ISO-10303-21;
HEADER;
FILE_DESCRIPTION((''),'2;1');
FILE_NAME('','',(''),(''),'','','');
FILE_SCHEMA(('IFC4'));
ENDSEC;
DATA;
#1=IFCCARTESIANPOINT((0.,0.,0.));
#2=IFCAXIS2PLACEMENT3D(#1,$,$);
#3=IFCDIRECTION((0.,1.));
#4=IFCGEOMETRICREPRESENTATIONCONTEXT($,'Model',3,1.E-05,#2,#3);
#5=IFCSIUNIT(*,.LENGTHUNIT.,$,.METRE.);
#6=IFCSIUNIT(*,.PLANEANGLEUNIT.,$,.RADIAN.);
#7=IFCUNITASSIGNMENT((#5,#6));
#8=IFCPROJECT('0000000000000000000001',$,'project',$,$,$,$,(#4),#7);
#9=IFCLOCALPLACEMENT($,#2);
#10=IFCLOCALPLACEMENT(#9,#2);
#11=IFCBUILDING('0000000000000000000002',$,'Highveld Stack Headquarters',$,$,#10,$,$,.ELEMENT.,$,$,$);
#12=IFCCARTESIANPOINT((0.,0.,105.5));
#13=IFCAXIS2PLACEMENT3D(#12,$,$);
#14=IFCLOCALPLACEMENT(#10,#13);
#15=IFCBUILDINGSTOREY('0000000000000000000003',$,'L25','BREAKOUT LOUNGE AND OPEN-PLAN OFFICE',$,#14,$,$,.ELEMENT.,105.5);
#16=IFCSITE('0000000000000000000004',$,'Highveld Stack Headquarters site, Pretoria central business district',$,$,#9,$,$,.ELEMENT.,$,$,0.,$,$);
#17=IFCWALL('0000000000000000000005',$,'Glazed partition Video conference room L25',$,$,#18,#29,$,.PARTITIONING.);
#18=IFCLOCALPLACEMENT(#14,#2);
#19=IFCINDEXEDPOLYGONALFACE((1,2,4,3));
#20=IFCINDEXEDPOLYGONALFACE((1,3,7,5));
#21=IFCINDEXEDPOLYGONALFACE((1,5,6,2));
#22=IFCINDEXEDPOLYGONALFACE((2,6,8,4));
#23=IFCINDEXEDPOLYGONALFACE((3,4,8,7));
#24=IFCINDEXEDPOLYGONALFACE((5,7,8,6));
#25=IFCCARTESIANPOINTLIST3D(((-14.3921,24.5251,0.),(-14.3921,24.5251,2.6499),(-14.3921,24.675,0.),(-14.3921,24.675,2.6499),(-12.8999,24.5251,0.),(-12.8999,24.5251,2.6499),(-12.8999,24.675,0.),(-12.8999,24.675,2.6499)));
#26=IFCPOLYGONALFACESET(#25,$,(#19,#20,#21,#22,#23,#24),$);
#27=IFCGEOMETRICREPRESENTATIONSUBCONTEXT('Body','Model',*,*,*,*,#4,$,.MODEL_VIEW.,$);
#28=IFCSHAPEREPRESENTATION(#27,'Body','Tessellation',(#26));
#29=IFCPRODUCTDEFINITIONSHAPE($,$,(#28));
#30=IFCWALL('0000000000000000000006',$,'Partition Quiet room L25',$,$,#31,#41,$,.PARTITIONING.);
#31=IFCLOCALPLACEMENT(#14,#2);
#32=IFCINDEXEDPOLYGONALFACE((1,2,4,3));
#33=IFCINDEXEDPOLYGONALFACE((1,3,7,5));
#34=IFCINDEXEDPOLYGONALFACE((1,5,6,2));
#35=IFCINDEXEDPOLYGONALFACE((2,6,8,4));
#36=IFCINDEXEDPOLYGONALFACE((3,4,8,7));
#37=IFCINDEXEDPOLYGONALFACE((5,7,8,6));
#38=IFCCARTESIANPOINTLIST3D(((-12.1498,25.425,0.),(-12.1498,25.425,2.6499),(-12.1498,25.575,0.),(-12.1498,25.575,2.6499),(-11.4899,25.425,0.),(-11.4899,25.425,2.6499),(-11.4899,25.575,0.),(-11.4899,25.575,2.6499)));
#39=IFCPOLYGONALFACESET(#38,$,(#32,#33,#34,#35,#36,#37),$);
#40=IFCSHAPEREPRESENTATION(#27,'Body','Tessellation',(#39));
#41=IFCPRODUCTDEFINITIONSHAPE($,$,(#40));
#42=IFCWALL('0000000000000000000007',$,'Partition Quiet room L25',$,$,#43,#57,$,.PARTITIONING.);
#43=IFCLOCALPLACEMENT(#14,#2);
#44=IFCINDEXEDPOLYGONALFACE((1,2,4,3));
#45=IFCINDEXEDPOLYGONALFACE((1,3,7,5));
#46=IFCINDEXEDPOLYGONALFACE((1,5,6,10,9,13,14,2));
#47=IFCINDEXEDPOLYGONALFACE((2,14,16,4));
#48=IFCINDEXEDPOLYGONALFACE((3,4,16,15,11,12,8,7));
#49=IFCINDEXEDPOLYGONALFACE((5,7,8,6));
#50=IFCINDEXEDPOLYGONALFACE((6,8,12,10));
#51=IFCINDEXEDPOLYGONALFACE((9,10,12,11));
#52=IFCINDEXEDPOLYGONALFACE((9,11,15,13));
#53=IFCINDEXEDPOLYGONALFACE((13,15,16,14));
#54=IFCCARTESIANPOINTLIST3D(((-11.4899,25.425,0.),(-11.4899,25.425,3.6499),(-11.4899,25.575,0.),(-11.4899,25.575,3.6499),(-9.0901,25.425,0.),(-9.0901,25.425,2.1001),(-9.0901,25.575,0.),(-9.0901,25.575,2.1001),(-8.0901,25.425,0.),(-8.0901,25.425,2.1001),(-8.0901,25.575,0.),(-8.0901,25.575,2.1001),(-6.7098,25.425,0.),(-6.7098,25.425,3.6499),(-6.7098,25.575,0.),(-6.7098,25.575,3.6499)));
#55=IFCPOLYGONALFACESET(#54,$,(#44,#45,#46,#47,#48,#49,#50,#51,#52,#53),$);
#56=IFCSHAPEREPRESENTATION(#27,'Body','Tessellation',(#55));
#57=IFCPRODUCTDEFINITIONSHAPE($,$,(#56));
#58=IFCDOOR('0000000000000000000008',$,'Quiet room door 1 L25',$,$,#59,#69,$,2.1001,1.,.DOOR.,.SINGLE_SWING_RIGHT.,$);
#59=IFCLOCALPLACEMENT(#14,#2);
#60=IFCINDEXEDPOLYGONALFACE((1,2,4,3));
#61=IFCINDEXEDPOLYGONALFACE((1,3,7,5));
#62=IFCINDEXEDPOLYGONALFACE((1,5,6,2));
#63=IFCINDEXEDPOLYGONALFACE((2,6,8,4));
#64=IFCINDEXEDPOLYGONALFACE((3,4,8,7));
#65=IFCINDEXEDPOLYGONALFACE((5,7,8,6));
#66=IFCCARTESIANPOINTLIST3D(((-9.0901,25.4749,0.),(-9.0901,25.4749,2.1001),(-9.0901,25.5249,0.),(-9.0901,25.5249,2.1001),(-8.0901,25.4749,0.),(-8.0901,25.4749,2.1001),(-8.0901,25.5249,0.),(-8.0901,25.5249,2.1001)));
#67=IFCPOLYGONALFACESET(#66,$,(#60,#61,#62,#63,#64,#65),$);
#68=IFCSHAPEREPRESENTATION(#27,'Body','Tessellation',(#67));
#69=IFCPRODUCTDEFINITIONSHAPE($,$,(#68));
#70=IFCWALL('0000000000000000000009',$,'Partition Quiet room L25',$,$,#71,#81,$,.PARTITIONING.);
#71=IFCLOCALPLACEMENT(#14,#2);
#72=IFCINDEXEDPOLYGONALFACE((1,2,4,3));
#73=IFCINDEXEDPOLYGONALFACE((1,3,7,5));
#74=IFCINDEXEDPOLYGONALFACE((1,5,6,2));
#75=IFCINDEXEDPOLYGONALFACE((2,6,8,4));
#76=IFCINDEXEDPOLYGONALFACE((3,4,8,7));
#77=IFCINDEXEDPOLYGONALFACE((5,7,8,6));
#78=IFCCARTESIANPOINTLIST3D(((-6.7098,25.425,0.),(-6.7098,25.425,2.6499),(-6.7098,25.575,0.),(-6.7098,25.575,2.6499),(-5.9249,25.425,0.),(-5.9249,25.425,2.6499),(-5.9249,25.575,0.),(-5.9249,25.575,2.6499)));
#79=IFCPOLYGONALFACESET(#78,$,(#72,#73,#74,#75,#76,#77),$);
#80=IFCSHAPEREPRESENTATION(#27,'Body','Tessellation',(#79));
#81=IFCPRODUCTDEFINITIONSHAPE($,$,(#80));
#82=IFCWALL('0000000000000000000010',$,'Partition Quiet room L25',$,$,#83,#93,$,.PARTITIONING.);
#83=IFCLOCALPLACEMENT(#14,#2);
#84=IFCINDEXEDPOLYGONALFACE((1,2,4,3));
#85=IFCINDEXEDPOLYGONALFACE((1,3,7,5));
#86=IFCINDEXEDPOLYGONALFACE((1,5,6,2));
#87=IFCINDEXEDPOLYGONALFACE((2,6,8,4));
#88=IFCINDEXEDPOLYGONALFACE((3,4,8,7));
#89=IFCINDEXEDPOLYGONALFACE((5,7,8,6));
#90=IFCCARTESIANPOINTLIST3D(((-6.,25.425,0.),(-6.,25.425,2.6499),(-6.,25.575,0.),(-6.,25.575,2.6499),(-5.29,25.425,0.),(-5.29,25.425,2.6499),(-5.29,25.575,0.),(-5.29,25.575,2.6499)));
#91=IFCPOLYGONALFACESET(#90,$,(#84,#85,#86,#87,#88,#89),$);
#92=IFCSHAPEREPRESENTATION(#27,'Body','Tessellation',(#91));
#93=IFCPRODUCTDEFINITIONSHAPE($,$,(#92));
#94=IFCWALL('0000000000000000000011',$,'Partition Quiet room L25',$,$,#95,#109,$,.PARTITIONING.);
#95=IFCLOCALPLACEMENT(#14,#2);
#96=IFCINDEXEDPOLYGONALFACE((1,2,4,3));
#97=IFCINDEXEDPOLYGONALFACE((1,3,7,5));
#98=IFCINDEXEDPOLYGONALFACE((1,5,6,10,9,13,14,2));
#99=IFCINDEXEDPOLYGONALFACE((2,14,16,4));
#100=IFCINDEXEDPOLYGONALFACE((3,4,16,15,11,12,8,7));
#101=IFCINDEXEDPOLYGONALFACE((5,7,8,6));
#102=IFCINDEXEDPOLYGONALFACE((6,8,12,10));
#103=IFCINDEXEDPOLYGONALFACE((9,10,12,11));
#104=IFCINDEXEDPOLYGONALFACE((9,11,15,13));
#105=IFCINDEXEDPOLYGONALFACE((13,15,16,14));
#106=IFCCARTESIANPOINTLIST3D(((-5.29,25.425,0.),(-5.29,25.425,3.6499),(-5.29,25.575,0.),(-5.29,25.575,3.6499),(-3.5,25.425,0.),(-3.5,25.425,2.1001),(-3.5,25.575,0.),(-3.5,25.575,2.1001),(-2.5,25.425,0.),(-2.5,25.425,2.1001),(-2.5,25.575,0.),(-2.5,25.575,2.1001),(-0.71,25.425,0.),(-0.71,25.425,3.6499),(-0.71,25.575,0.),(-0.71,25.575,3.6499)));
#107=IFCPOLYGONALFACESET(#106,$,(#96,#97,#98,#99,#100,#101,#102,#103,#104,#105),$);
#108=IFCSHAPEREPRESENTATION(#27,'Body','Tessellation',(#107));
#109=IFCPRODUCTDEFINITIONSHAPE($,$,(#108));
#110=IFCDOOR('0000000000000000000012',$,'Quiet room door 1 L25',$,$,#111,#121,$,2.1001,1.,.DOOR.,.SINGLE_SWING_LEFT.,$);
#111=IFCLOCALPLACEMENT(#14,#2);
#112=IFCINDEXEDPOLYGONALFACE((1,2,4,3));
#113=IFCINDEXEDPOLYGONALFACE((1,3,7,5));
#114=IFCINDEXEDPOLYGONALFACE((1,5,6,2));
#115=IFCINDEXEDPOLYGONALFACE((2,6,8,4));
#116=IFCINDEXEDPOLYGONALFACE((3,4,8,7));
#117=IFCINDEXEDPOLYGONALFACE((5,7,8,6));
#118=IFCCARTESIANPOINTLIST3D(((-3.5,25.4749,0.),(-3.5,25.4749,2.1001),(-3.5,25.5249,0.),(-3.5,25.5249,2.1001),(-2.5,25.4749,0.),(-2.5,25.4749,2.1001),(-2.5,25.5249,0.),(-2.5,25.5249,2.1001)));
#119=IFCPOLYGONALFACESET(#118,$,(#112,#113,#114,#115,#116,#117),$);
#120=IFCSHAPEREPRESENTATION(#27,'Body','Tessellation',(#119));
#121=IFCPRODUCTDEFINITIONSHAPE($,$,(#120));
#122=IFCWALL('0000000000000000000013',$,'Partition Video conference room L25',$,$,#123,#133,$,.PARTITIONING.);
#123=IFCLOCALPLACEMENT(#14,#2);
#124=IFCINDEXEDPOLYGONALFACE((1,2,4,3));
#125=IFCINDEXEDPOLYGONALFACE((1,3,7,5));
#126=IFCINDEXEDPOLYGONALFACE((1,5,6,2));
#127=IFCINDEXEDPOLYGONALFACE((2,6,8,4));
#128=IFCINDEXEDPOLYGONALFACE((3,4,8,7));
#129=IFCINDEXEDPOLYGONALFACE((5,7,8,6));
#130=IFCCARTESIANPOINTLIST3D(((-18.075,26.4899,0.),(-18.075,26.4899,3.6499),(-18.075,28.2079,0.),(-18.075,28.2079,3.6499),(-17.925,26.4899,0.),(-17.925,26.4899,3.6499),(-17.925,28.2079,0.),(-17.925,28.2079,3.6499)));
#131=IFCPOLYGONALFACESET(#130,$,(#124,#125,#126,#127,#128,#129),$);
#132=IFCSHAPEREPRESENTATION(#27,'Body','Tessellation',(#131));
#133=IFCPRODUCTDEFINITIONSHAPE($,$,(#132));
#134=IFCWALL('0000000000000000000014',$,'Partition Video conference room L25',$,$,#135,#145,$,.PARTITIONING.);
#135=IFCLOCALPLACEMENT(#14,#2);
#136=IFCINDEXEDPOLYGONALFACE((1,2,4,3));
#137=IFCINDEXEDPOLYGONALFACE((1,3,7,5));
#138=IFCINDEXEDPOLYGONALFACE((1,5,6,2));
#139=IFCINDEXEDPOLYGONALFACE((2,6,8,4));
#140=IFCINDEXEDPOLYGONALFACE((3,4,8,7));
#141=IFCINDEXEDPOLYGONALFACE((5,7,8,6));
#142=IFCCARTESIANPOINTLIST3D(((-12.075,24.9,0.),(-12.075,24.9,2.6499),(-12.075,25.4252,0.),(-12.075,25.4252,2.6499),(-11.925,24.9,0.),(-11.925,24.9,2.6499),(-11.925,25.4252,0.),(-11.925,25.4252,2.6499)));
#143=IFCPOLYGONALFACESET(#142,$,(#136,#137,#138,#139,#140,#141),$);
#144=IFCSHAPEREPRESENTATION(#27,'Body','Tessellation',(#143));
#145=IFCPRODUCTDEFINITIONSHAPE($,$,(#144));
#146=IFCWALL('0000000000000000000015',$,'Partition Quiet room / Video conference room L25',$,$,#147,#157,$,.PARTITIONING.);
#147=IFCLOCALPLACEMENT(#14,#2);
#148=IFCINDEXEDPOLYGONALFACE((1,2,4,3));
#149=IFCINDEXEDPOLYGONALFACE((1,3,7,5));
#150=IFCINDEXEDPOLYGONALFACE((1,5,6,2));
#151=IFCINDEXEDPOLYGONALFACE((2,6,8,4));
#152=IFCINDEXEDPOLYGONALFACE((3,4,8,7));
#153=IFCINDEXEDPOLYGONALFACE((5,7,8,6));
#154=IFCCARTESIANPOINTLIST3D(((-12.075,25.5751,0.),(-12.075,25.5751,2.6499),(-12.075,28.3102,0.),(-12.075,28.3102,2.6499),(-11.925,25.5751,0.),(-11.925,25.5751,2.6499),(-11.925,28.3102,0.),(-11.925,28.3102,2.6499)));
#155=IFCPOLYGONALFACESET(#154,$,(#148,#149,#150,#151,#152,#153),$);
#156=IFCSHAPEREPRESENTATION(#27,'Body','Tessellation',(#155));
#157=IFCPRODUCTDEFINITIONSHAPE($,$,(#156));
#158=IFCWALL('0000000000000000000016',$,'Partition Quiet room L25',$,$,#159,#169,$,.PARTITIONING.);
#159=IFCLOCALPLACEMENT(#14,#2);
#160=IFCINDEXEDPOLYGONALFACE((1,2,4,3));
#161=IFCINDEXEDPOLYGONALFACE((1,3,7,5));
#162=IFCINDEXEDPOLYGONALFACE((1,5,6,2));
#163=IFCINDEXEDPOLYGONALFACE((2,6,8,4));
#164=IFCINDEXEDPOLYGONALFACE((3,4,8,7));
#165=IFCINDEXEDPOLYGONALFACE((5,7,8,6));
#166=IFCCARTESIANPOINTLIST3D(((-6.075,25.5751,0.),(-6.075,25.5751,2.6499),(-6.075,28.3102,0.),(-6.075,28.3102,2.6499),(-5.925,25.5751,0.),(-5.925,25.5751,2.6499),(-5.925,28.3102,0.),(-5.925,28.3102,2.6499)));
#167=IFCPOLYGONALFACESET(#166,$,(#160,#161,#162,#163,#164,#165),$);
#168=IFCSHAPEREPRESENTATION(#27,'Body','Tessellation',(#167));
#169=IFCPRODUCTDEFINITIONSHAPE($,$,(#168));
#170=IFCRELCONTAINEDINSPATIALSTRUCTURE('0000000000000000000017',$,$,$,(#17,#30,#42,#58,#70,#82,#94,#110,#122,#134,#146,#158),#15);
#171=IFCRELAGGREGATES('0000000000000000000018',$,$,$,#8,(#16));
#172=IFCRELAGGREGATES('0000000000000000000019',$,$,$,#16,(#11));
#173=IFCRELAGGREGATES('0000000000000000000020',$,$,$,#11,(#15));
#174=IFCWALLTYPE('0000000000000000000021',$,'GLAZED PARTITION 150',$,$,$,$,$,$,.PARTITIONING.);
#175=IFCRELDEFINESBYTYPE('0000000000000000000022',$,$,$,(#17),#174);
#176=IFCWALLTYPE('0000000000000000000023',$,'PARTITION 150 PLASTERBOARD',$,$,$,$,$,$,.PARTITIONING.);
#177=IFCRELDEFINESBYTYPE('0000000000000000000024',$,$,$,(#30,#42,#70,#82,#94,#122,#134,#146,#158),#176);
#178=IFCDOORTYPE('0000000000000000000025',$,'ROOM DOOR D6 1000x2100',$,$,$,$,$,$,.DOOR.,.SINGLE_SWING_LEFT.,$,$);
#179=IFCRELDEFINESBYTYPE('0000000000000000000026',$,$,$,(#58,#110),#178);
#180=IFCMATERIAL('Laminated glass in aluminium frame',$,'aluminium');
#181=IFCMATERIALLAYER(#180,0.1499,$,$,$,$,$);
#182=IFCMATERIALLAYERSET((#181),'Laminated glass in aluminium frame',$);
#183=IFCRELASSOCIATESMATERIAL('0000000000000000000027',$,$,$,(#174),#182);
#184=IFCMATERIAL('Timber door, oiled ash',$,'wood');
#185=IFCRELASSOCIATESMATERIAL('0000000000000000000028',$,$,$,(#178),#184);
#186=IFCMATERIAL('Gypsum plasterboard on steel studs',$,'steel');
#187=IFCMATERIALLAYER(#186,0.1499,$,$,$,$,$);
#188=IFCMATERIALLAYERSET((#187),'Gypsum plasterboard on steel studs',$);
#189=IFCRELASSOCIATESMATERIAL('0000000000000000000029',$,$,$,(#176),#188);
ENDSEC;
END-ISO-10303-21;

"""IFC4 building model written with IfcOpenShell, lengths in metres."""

from ifc_helpers import new_model, si_unit, direction, frame, frame_2d, origin, place, context, subcontext, project, spatial, rectangle, extrude, material, layer, layer_set, type_object, element, fill, save


model = new_model("IFC4")

# Units and contexts
model_context = context("Model", 3, precision=1e-05, world=origin(), true_north=direction((0.0, 1.0)))
body_context = subcontext(model_context, "Body", "Model", "MODEL_VIEW")
ifc_project = project(units=[si_unit("LENGTHUNIT", "METRE"), si_unit("PLANEANGLEUNIT", "RADIAN")], contexts=[model_context])

# Site, building, storey
site_placement = place(None, origin())
site = spatial("IfcSite", under=ifc_project, at=site_placement, Name="Highveld Stack Headquarters site, Pretoria central business district", CompositionType="ELEMENT", RefElevation=0.0)
building_placement = place(site_placement, origin())
building = spatial("IfcBuilding", under=site, at=building_placement, Name="Highveld Stack Headquarters", CompositionType="ELEMENT")
storey_placement = place(building_placement, frame((0.0, 0.0, 105.5)))
storey = spatial("IfcBuildingStorey", under=building, at=storey_placement, Name="L25", Description="BREAKOUT LOUNGE AND OPEN-PLAN OFFICE", CompositionType="ELEMENT", Elevation=105.5)

# Shared definitions
ifc_material_1 = material(Name="Laminated glass in aluminium frame", Category="aluminium")
ifc_layer_1 = layer(ifc_material_1, 0.1499)
ifc_layer_set_1 = layer_set([ifc_layer_1], Name="Laminated glass in aluminium frame")
wall_type_1 = type_object("IfcWallType", Name="GLAZED PARTITION 150", PredefinedType="PARTITIONING", material=ifc_layer_set_1)
ifc_material_2 = material(Name="Timber door, oiled ash", Category="wood")
door_type = type_object("IfcDoorType", Name="ROOM DOOR D6 1000x2100", OperationType="SINGLE_SWING_LEFT", PredefinedType="DOOR", material=ifc_material_2)

# Walls
wall_1_placement = place(storey_placement, frame((-14.3921, 24.6001, 0.0), z_axis=(0.0, 0.0, 1.0), x_axis=(1.0, 0.0, 0.0)))
element("IfcWall", 1, at=wall_1_placement, inside=storey, type_object=wall_type_1, Name="Glazed partition Video conference room L25", PredefinedType="PARTITIONING", context=body_context, shape_type="SweptSolid", body=[
    extrude(rectangle(XDim=1.4922, YDim=0.1499, at=frame_2d((0.7461, 0.0))), origin(), (0.0, 0.0, 1.0), 2.6499),
])
ifc_material_3 = material(Name="Gypsum plasterboard on steel studs", Category="steel")
ifc_layer_2 = layer(ifc_material_3, 0.1499)
ifc_layer_set_2 = layer_set([ifc_layer_2], Name="Gypsum plasterboard on steel studs")
wall_type_2 = type_object("IfcWallType", Name="PARTITION 150 PLASTERBOARD", PredefinedType="PARTITIONING", material=ifc_layer_set_2)
wall_2_placement = place(storey_placement, frame((-12.1499, 25.5, 0.0), z_axis=(0.0, 0.0, 1.0), x_axis=(1.0, 0.0, 0.0)))
element("IfcWall", 2, at=wall_2_placement, inside=storey, type_object=wall_type_2, Name="Partition Quiet room L25", PredefinedType="PARTITIONING", context=body_context, shape_type="SweptSolid", body=[
    extrude(rectangle(XDim=0.6599, YDim=0.1499, at=frame_2d((0.3301, 0.0))), origin(), (0.0, 0.0, 1.0), 2.6499),
])

# Wall, opening, door
wall_3_placement = place(storey_placement, frame((-11.49, 25.5, 0.0), z_axis=(0.0, 0.0, 1.0), x_axis=(1.0, 0.0, 0.0)))
wall_3 = element("IfcWall", 3, at=wall_3_placement, inside=storey, type_object=wall_type_2, Name="Partition Quiet room L25", PredefinedType="PARTITIONING", context=body_context, shape_type="SweptSolid", body=[
    extrude(rectangle(XDim=4.78, YDim=0.1499, at=frame_2d((2.3901, 0.0))), origin(), (0.0, 0.0, 1.0), 3.6499),
])
opening_1_placement = place(wall_3_placement, frame((2.3999, 0.0, 0.0)))
opening_1 = element("IfcOpeningElement", 4, at=opening_1_placement, cuts=wall_3, PredefinedType="OPENING", context=body_context, shape_type="SweptSolid", body=[
    extrude(rectangle(XDim=1.0, YDim=2.1001, at=frame_2d((0.5, 1.05))), frame((0.0, 0.085, 0.0), z_axis=(0.0, -1.0, 0.0), x_axis=(1.0, 0.0, 0.0)), (0.0, 0.0, 1.0), 0.1699),
])
door_1_placement = place(opening_1_placement, origin())
door_1 = element("IfcDoor", 5, at=door_1_placement, inside=storey, type_object=door_type, Name="Quiet room door 1 L25", OperationType="SINGLE_SWING_RIGHT", OverallHeight=2.1001, OverallWidth=1.0, PredefinedType="DOOR", context=body_context, shape_type="SweptSolid", body=[
    extrude(rectangle(XDim=1.0, YDim=2.1001, at=frame_2d((0.5, 1.05))), frame((0.0, 0.0249, 0.0), z_axis=(0.0, -1.0, 0.0), x_axis=(1.0, 0.0, 0.0)), (0.0, 0.0, 1.0), 0.05),
])
fill(opening_1, door_1)

# Walls
wall_4_placement = place(storey_placement, frame((-6.71, 25.5, 0.0), z_axis=(0.0, 0.0, 1.0), x_axis=(1.0, 0.0, 0.0)))
element("IfcWall", 6, at=wall_4_placement, inside=storey, type_object=wall_type_2, Name="Partition Quiet room L25", PredefinedType="PARTITIONING", context=body_context, shape_type="SweptSolid", body=[
    extrude(rectangle(XDim=0.7849, YDim=0.1499, at=frame_2d((0.3926, 0.0))), origin(), (0.0, 0.0, 1.0), 2.6499),
])
wall_5_placement = place(storey_placement, frame((-6.0, 25.5, 0.0), z_axis=(0.0, 0.0, 1.0), x_axis=(1.0, 0.0, 0.0)))
element("IfcWall", 7, at=wall_5_placement, inside=storey, type_object=wall_type_2, Name="Partition Quiet room L25", PredefinedType="PARTITIONING", context=body_context, shape_type="SweptSolid", body=[
    extrude(rectangle(XDim=0.71, YDim=0.1499, at=frame_2d((0.355, 0.0))), origin(), (0.0, 0.0, 1.0), 2.6499),
])

# Wall, opening, door
wall_6_placement = place(storey_placement, frame((-5.29, 25.5, 0.0), z_axis=(0.0, 0.0, 1.0), x_axis=(1.0, 0.0, 0.0)))
wall_6 = element("IfcWall", 8, at=wall_6_placement, inside=storey, type_object=wall_type_2, Name="Partition Quiet room L25", PredefinedType="PARTITIONING", context=body_context, shape_type="SweptSolid", body=[
    extrude(rectangle(XDim=4.5801, YDim=0.1499, at=frame_2d((2.29, 0.0))), origin(), (0.0, 0.0, 1.0), 3.6499),
])
opening_2_placement = place(wall_6_placement, frame((1.79, 0.0, 0.0)))
opening_2 = element("IfcOpeningElement", 9, at=opening_2_placement, cuts=wall_6, PredefinedType="OPENING", context=body_context, shape_type="SweptSolid", body=[
    extrude(rectangle(XDim=1.0, YDim=2.1001, at=frame_2d((0.5, 1.05))), frame((0.0, 0.085, 0.0), z_axis=(0.0, -1.0, 0.0), x_axis=(1.0, 0.0, 0.0)), (0.0, 0.0, 1.0), 0.1699),
])
door_2_placement = place(opening_2_placement, origin())
door_2 = element("IfcDoor", 10, at=door_2_placement, inside=storey, type_object=door_type, Name="Quiet room door 1 L25", OperationType="SINGLE_SWING_LEFT", OverallHeight=2.1001, OverallWidth=1.0, PredefinedType="DOOR", context=body_context, shape_type="SweptSolid", body=[
    extrude(rectangle(XDim=1.0, YDim=2.1001, at=frame_2d((0.5, 1.05))), frame((0.0, 0.0249, 0.0), z_axis=(0.0, -1.0, 0.0), x_axis=(1.0, 0.0, 0.0)), (0.0, 0.0, 1.0), 0.05),
])
fill(opening_2, door_2)

# Walls
wall_7_placement = place(storey_placement, frame((-18.0, 26.49, 0.0), z_axis=(0.0, 0.0, 1.0), x_axis=(0.0, 1.0, 0.0)))
element("IfcWall", 11, at=wall_7_placement, inside=storey, type_object=wall_type_2, Name="Partition Video conference room L25", PredefinedType="PARTITIONING", context=body_context, shape_type="SweptSolid", body=[
    extrude(rectangle(XDim=1.718, YDim=0.1499, at=frame_2d((0.8589, 0.0))), origin(), (0.0, 0.0, 1.0), 3.6499),
])
wall_8_placement = place(storey_placement, frame((-12.0, 24.8999, 0.0), z_axis=(0.0, 0.0, 1.0), x_axis=(0.0, 1.0, 0.0)))
element("IfcWall", 12, at=wall_8_placement, inside=storey, type_object=wall_type_2, Name="Partition Video conference room L25", PredefinedType="PARTITIONING", context=body_context, shape_type="SweptSolid", body=[
    extrude(rectangle(XDim=0.5251, YDim=0.1499, at=frame_2d((0.2627, 0.0))), origin(), (0.0, 0.0, 1.0), 2.6499),
])
for number, where, z_axis, x_axis, name in (
    (13, (-12.0, 25.575, 0.0), (0.0, 0.0, 1.0), (0.0, 1.0, 0.0), "Partition Quiet room / Video conference room L25"),
    (14, (-6.0, 25.575, 0.0), (0.0, 0.0, 1.0), (0.0, 1.0, 0.0), "Partition Quiet room L25"),
):
    element("IfcWall", number, at=place(storey_placement, frame(where, z_axis=z_axis, x_axis=x_axis)), inside=storey, type_object=wall_type_2, Name=name, PredefinedType="PARTITIONING", context=body_context, shape_type="SweptSolid", body=[
        extrude(rectangle(XDim=2.7351, YDim=0.1499, at=frame_2d((1.3677, 0.0))), origin(), (0.0, 0.0, 1.0), 2.6499),
    ])

save(model, "model.ifc")
